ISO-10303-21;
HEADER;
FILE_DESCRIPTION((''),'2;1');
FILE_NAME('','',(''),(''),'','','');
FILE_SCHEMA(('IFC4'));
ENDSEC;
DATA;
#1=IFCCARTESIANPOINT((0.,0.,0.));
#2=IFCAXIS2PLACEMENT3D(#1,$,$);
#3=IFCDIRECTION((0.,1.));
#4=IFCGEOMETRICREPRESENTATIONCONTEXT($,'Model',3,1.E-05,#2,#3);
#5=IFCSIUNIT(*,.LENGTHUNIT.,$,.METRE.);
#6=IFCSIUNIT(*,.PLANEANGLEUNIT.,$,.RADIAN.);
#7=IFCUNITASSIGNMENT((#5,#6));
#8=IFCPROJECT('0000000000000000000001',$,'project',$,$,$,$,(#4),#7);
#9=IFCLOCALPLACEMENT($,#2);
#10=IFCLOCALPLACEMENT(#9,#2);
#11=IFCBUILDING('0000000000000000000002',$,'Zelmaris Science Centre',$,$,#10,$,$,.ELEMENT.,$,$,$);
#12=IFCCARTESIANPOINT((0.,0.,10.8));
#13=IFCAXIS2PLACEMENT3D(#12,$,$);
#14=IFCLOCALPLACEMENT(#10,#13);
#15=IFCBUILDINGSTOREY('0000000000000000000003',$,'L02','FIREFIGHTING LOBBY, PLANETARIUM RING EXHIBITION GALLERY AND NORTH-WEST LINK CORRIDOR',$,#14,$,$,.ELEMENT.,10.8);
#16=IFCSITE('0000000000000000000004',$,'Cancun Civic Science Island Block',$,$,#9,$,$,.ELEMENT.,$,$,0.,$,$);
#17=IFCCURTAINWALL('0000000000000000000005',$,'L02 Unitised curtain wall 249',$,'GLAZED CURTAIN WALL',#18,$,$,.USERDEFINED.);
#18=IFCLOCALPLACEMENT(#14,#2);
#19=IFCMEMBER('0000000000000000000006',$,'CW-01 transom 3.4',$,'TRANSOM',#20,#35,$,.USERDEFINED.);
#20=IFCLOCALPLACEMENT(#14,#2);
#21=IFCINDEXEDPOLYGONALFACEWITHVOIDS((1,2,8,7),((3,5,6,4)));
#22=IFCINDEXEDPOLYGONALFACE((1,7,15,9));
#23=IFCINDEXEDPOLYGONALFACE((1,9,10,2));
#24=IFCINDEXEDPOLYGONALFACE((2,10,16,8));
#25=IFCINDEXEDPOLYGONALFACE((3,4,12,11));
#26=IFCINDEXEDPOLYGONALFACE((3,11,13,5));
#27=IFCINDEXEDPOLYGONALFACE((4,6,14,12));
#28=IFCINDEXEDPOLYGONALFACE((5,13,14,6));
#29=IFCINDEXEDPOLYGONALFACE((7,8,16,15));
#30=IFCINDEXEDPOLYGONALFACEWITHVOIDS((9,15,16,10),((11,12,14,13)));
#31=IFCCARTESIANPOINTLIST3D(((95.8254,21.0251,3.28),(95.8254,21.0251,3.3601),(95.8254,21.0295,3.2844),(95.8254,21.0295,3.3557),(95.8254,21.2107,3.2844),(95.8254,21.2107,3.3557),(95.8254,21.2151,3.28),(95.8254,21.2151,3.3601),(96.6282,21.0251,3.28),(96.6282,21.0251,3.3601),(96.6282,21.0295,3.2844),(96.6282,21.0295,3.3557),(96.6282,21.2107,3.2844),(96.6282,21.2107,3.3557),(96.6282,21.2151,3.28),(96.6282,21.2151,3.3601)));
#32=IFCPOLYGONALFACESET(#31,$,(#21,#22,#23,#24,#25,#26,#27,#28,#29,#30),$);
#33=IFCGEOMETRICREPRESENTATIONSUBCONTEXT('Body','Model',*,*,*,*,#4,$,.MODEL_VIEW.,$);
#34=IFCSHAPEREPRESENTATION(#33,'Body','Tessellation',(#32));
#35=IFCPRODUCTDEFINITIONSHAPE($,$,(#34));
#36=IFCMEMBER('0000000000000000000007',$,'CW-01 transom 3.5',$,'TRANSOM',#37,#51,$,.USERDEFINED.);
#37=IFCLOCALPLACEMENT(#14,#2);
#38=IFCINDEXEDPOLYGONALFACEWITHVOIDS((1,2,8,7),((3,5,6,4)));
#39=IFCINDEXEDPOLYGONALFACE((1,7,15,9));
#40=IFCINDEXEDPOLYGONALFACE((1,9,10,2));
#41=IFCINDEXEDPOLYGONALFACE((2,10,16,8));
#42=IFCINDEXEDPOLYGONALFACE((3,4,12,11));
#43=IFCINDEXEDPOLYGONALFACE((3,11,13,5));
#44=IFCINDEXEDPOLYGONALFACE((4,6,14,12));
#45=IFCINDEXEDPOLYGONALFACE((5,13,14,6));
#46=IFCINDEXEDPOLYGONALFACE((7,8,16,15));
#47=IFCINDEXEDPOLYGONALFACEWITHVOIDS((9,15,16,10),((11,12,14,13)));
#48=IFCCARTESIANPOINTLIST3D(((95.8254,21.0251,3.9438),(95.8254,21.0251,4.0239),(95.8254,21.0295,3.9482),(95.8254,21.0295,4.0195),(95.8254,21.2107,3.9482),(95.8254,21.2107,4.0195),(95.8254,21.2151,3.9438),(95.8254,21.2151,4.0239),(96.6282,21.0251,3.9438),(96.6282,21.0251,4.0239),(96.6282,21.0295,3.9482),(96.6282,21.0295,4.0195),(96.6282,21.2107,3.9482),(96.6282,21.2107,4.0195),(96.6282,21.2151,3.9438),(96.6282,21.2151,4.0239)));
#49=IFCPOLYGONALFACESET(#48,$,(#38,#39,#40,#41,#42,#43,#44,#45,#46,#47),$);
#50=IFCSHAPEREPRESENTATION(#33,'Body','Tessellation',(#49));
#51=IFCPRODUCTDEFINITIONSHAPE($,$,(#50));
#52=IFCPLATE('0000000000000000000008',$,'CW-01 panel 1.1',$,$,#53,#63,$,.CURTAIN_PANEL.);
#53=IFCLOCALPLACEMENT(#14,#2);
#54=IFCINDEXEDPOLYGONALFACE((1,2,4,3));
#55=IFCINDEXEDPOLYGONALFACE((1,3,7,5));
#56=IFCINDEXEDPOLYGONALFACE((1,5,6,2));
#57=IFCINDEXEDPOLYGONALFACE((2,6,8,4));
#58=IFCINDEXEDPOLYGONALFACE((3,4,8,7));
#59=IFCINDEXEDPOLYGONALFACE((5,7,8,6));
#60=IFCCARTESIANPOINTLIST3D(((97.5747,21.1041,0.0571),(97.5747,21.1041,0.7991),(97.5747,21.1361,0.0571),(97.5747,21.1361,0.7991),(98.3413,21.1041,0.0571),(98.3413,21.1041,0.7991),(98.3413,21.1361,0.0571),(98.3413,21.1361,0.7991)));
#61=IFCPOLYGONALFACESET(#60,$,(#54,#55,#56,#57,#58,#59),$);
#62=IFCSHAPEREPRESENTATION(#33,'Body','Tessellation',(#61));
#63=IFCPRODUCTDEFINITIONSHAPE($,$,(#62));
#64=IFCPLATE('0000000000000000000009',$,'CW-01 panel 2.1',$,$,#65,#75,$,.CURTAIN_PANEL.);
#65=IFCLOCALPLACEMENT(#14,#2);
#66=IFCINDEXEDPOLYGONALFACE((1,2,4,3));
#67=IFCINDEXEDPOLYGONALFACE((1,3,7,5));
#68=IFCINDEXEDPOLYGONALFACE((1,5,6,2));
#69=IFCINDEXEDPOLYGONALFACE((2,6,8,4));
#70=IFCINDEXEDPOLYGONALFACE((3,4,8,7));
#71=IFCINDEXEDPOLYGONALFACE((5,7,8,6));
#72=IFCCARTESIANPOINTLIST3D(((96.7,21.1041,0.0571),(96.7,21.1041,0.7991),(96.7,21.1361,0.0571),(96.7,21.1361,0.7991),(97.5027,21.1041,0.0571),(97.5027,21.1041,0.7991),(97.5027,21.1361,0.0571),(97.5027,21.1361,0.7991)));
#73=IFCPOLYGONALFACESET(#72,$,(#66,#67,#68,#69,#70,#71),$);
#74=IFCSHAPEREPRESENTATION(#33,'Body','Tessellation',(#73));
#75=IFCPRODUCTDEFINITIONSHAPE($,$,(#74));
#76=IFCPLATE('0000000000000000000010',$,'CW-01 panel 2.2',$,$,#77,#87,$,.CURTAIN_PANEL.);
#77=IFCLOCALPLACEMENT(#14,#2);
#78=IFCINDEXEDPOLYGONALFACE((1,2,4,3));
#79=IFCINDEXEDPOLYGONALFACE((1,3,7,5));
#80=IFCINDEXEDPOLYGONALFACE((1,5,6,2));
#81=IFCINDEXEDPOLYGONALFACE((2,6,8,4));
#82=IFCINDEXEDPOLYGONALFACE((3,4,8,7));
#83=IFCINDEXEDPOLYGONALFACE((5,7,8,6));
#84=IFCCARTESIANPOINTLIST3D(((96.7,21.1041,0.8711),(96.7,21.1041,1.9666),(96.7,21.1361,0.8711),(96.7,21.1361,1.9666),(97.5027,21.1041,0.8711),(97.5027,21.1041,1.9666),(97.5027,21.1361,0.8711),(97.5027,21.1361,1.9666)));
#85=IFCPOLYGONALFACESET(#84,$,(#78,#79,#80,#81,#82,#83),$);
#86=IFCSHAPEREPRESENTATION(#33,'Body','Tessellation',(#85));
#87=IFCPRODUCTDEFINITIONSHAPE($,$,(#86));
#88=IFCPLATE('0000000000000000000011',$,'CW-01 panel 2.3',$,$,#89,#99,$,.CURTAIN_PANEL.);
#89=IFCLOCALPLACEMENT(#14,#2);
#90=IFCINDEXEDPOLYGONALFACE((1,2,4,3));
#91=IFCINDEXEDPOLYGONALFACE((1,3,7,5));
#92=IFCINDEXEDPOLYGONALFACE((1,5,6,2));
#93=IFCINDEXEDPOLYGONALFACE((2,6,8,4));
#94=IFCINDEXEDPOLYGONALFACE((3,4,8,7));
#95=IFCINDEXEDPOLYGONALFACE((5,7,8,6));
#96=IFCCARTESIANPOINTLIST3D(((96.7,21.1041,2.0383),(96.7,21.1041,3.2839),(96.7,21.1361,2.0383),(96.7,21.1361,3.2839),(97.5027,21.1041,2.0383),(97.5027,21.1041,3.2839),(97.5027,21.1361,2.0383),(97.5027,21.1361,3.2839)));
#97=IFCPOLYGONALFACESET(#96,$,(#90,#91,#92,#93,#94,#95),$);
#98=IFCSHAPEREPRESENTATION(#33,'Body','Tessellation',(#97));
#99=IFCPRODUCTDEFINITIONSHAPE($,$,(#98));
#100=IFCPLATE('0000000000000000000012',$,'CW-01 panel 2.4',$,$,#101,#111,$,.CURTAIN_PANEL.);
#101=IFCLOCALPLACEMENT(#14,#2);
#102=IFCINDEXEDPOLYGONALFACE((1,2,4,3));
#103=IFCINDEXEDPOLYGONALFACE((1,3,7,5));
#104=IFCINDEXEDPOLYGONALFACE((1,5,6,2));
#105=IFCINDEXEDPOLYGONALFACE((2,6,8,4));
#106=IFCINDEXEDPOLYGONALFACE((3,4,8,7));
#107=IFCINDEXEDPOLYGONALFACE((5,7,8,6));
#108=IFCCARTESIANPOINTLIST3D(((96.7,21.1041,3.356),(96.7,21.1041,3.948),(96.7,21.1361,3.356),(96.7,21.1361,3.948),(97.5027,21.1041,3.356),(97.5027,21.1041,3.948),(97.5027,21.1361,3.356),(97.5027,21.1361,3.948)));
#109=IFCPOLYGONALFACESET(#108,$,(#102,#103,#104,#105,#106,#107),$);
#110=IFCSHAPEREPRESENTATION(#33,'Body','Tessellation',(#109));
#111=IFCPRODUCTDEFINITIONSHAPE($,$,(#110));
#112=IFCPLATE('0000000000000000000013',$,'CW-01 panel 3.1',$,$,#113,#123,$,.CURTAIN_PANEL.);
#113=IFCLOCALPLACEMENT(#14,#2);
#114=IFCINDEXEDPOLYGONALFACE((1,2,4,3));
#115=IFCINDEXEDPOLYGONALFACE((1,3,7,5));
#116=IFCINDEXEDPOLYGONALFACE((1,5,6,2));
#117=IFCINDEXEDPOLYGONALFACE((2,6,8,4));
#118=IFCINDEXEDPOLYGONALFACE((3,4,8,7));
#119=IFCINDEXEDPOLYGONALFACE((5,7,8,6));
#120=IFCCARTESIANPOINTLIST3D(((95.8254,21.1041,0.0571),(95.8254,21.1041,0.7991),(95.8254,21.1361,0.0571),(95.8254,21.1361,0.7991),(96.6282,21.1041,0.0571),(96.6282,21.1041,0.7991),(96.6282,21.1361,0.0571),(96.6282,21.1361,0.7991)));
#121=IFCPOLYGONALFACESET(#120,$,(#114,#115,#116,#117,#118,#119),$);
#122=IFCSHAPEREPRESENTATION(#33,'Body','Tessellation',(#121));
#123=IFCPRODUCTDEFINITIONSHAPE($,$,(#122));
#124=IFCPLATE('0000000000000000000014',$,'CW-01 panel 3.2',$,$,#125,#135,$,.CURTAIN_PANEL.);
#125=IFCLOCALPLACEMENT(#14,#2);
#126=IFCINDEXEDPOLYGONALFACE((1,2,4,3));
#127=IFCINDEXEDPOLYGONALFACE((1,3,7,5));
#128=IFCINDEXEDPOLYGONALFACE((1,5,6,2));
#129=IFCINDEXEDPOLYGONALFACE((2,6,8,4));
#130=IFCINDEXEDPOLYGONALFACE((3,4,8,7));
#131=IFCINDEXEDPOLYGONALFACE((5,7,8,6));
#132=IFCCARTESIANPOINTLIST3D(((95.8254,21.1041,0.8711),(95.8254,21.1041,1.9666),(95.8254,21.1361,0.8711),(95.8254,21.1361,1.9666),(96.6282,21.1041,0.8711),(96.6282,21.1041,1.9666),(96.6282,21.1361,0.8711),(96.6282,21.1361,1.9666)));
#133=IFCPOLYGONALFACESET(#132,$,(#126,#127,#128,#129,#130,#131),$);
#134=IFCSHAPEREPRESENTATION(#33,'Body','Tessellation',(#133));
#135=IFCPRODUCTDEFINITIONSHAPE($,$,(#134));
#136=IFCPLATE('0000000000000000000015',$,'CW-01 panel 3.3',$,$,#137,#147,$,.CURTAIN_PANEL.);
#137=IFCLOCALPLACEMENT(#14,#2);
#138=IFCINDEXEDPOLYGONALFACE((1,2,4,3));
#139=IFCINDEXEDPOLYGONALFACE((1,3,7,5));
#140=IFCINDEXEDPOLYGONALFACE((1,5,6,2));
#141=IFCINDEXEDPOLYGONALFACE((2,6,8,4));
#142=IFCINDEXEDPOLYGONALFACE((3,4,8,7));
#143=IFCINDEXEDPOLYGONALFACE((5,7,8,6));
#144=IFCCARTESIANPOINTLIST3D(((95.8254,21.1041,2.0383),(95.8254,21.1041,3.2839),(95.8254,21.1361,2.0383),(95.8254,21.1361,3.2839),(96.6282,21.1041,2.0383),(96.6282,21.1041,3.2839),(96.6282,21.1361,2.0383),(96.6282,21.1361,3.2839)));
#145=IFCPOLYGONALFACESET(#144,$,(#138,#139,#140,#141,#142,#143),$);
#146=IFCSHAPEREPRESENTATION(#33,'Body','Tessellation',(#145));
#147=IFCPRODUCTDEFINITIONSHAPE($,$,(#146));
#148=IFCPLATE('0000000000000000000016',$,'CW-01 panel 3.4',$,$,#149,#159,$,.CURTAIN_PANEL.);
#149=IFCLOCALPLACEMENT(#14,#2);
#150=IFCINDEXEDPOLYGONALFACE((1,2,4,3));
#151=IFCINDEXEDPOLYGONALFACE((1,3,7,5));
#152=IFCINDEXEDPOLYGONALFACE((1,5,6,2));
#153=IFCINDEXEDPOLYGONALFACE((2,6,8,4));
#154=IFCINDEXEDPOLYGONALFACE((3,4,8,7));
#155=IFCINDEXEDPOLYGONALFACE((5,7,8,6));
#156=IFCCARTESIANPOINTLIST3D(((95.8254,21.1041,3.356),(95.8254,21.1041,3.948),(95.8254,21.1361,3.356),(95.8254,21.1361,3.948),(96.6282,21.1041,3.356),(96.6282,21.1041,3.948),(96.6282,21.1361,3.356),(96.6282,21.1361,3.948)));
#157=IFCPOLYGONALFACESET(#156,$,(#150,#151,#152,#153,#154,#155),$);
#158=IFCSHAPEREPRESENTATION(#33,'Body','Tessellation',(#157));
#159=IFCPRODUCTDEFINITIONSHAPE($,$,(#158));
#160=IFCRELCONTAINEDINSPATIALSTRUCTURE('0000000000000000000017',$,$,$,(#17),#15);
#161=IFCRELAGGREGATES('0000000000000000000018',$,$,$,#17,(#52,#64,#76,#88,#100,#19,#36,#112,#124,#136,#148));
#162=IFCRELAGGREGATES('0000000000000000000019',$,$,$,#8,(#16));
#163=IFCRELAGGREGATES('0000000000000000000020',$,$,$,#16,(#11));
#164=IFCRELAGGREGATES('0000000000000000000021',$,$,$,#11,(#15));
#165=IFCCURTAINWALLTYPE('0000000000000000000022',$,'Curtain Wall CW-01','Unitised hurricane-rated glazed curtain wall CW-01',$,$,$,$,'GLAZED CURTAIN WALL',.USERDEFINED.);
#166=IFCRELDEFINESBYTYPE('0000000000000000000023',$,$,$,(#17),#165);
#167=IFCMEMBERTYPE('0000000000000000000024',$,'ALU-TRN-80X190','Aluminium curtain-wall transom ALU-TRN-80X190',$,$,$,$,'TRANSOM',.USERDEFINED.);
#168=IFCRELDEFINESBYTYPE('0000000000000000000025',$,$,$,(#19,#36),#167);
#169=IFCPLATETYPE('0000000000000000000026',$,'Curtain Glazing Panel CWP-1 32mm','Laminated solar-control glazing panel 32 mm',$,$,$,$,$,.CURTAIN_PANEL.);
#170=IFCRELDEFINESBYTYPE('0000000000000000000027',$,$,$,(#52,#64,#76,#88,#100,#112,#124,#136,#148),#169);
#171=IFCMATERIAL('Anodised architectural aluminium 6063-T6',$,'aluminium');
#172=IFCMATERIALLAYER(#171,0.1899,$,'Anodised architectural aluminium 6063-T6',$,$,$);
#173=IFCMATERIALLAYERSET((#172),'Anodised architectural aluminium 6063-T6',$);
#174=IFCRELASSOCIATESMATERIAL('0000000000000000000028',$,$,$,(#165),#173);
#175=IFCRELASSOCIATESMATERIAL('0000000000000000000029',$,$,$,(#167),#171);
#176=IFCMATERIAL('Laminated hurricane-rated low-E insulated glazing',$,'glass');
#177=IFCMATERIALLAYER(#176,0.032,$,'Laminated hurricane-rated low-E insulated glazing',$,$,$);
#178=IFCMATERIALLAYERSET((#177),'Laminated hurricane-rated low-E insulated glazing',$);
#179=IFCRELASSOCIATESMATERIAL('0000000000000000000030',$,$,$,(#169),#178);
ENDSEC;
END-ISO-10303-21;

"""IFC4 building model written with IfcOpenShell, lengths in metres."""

from ifc_helpers import new_model, si_unit, direction, frame, origin, origin_2d, place, context, subcontext, project, spatial, rectangle, hollow_rectangle, extrude, material, layer, layer_set, material_profile, profile_set, type_object, element, aggregate, save


model = new_model("IFC4")

# Units and contexts
model_context = context("Model", 3, precision=1e-05, world=origin(), true_north=direction((0.0, 1.0)))
body_context = subcontext(model_context, "Body", "Model", "MODEL_VIEW")
ifc_project = project(units=[si_unit("LENGTHUNIT", "METRE"), si_unit("PLANEANGLEUNIT", "RADIAN")], contexts=[model_context])

# Site, building, storey
site_placement = place(None, origin())
site = spatial("IfcSite", under=ifc_project, at=site_placement, Name="Cancun Civic Science Island Block", CompositionType="ELEMENT", RefElevation=0.0)
building_placement = place(site_placement, origin())
building = spatial("IfcBuilding", under=site, at=building_placement, Name="Zelmaris Science Centre", CompositionType="ELEMENT")
storey_placement = place(building_placement, frame((0.0, 0.0, 10.8)))
storey = spatial("IfcBuildingStorey", under=building, at=storey_placement, Name="L02", Description="FIREFIGHTING LOBBY, PLANETARIUM RING EXHIBITION GALLERY AND NORTH-WEST LINK CORRIDOR", CompositionType="ELEMENT", Elevation=10.8)

# Curtain wall, members, plates
ifc_material_1 = material(Name="Anodised architectural aluminium 6063-T6", Category="aluminium")
ifc_layer_1 = layer(ifc_material_1, 0.1899, Name="Anodised architectural aluminium 6063-T6")
ifc_layer_set_1 = layer_set([ifc_layer_1], Name="Anodised architectural aluminium 6063-T6")
curtain_wall_type = type_object("IfcCurtainWallType", Name="Curtain Wall CW-01", Description="Unitised hurricane-rated glazed curtain wall CW-01", ElementType="GLAZED CURTAIN WALL", PredefinedType="USERDEFINED", material=ifc_layer_set_1)
curtain_wall_placement = place(storey_placement, origin())
curtain_wall = element("IfcCurtainWall", 1, at=curtain_wall_placement, inside=storey, type_object=curtain_wall_type, Name="L02 Unitised curtain wall 249", ObjectType="GLAZED CURTAIN WALL", PredefinedType="USERDEFINED")
ifc_material_profile_1 = material_profile(ifc_material_1, hollow_rectangle(XDim=0.0801, YDim=0.1899, WallThickness=0.0044, at=origin_2d()), Name="ALU-TRN-80X190")
ifc_profile_set_1 = profile_set([ifc_material_profile_1], Name="Anodised architectural aluminium 6063-T6")
member_type_1 = type_object("IfcMemberType", Name="ALU-TRN-80X190", Description="Aluminium curtain-wall transom ALU-TRN-80X190", ElementType="TRANSOM", PredefinedType="USERDEFINED", material=ifc_profile_set_1)
member_1_placement = place(storey_placement, frame((96.6282, 21.1201, 3.3201), z_axis=(-1.0, 0.0, 0.0), x_axis=(0.0, 0.0, 1.0)))
member_1 = element("IfcMember", 2, at=member_1_placement, type_object=member_type_1, Name="CW-01 transom 3.4", ObjectType="TRANSOM", PredefinedType="USERDEFINED", context=body_context, shape_type="SweptSolid", body=[
    extrude(hollow_rectangle(XDim=0.0801, YDim=0.1899, WallThickness=0.0044, at=origin_2d()), origin(), (0.0, 0.0, 1.0), 0.8027),
])
member_2_placement = place(storey_placement, frame((96.6282, 21.1201, 3.9839), z_axis=(-1.0, 0.0, 0.0), x_axis=(0.0, 0.0, 1.0)))
member_2 = element("IfcMember", 3, at=member_2_placement, type_object=member_type_1, Name="CW-01 transom 3.5", ObjectType="TRANSOM", PredefinedType="USERDEFINED", context=body_context, shape_type="SweptSolid", body=[
    extrude(hollow_rectangle(XDim=0.0801, YDim=0.1899, WallThickness=0.0044, at=origin_2d()), origin(), (0.0, 0.0, 1.0), 0.8027),
])
ifc_material_2 = material(Name="Laminated hurricane-rated low-E insulated glazing", Category="glass")
ifc_layer_2 = layer(ifc_material_2, 0.032, Name="Laminated hurricane-rated low-E insulated glazing")
ifc_layer_set_2 = layer_set([ifc_layer_2], Name="Laminated hurricane-rated low-E insulated glazing")
plate_type = type_object("IfcPlateType", Name="Curtain Glazing Panel CWP-1 32mm", Description="Laminated solar-control glazing panel 32 mm", PredefinedType="CURTAIN_PANEL", material=ifc_layer_set_2)
plate_1_placement = place(storey_placement, frame((97.958, 21.1201, 0.0571), z_axis=(0.0, 0.0, 1.0), x_axis=(-1.0, 0.000023, 0.0)))
plate_1 = element("IfcPlate", 4, at=plate_1_placement, type_object=plate_type, Name="CW-01 panel 1.1", PredefinedType="CURTAIN_PANEL", context=body_context, shape_type="SweptSolid", body=[
    extrude(rectangle(XDim=0.7666, YDim=0.032, at=origin_2d()), origin(), (0.0, 0.0, 1.0), 0.7419),
])
plate_2_placement = place(storey_placement, frame((97.1013, 21.1201, 0.0571), z_axis=(0.0, 0.0, 1.0), x_axis=(-1.0, 0.000023, 0.0)))
plate_2 = element("IfcPlate", 5, at=plate_2_placement, type_object=plate_type, Name="CW-01 panel 2.1", PredefinedType="CURTAIN_PANEL", context=body_context, shape_type="SweptSolid", body=[
    extrude(rectangle(XDim=0.8027, YDim=0.032, at=origin_2d()), origin(), (0.0, 0.0, 1.0), 0.7419),
])
plate_3_placement = place(storey_placement, frame((97.1013, 21.1201, 0.8711), z_axis=(0.0, 0.0, 1.0), x_axis=(-1.0, 0.000023, 0.0)))
plate_3 = element("IfcPlate", 6, at=plate_3_placement, type_object=plate_type, Name="CW-01 panel 2.2", PredefinedType="CURTAIN_PANEL", context=body_context, shape_type="SweptSolid", body=[
    extrude(rectangle(XDim=0.8027, YDim=0.032, at=origin_2d()), origin(), (0.0, 0.0, 1.0), 1.0955),
])
plate_4_placement = place(storey_placement, frame((97.1013, 21.1201, 2.0383), z_axis=(0.0, 0.0, 1.0), x_axis=(-1.0, 0.000023, 0.0)))
plate_4 = element("IfcPlate", 7, at=plate_4_placement, type_object=plate_type, Name="CW-01 panel 2.3", PredefinedType="CURTAIN_PANEL", context=body_context, shape_type="SweptSolid", body=[
    extrude(rectangle(XDim=0.8027, YDim=0.032, at=origin_2d()), origin(), (0.0, 0.0, 1.0), 1.2456),
])
plate_5_placement = place(storey_placement, frame((97.1013, 21.1201, 3.356), z_axis=(0.0, 0.0, 1.0), x_axis=(-1.0, 0.000023, 0.0)))
plate_5 = element("IfcPlate", 8, at=plate_5_placement, type_object=plate_type, Name="CW-01 panel 2.4", PredefinedType="CURTAIN_PANEL", context=body_context, shape_type="SweptSolid", body=[
    extrude(rectangle(XDim=0.8027, YDim=0.032, at=origin_2d()), origin(), (0.0, 0.0, 1.0), 0.592),
])
plate_6_placement = place(storey_placement, frame((96.2268, 21.1201, 0.0571), z_axis=(0.0, 0.0, 1.0), x_axis=(-1.0, 0.000023, 0.0)))
plate_6 = element("IfcPlate", 9, at=plate_6_placement, type_object=plate_type, Name="CW-01 panel 3.1", PredefinedType="CURTAIN_PANEL", context=body_context, shape_type="SweptSolid", body=[
    extrude(rectangle(XDim=0.8027, YDim=0.032, at=origin_2d()), origin(), (0.0, 0.0, 1.0), 0.7419),
])
plate_7_placement = place(storey_placement, frame((96.2268, 21.1201, 0.8711), z_axis=(0.0, 0.0, 1.0), x_axis=(-1.0, 0.000023, 0.0)))
plate_7 = element("IfcPlate", 10, at=plate_7_placement, type_object=plate_type, Name="CW-01 panel 3.2", PredefinedType="CURTAIN_PANEL", context=body_context, shape_type="SweptSolid", body=[
    extrude(rectangle(XDim=0.8027, YDim=0.032, at=origin_2d()), origin(), (0.0, 0.0, 1.0), 1.0955),
])
plate_8_placement = place(storey_placement, frame((96.2268, 21.1201, 2.0383), z_axis=(0.0, 0.0, 1.0), x_axis=(-1.0, 0.000023, 0.0)))
plate_8 = element("IfcPlate", 11, at=plate_8_placement, type_object=plate_type, Name="CW-01 panel 3.3", PredefinedType="CURTAIN_PANEL", context=body_context, shape_type="SweptSolid", body=[
    extrude(rectangle(XDim=0.8027, YDim=0.032, at=origin_2d()), origin(), (0.0, 0.0, 1.0), 1.2456),
])
plate_9_placement = place(storey_placement, frame((96.2268, 21.1201, 3.356), z_axis=(0.0, 0.0, 1.0), x_axis=(-1.0, 0.000023, 0.0)))
plate_9 = element("IfcPlate", 12, at=plate_9_placement, type_object=plate_type, Name="CW-01 panel 3.4", PredefinedType="CURTAIN_PANEL", context=body_context, shape_type="SweptSolid", body=[
    extrude(rectangle(XDim=0.8027, YDim=0.032, at=origin_2d()), origin(), (0.0, 0.0, 1.0), 0.592),
])
aggregate(curtain_wall, [plate_1, plate_2, plate_3, plate_4, plate_5, member_1, member_2, plate_6, plate_7, plate_8, plate_9])

save(model, "model.ifc")
